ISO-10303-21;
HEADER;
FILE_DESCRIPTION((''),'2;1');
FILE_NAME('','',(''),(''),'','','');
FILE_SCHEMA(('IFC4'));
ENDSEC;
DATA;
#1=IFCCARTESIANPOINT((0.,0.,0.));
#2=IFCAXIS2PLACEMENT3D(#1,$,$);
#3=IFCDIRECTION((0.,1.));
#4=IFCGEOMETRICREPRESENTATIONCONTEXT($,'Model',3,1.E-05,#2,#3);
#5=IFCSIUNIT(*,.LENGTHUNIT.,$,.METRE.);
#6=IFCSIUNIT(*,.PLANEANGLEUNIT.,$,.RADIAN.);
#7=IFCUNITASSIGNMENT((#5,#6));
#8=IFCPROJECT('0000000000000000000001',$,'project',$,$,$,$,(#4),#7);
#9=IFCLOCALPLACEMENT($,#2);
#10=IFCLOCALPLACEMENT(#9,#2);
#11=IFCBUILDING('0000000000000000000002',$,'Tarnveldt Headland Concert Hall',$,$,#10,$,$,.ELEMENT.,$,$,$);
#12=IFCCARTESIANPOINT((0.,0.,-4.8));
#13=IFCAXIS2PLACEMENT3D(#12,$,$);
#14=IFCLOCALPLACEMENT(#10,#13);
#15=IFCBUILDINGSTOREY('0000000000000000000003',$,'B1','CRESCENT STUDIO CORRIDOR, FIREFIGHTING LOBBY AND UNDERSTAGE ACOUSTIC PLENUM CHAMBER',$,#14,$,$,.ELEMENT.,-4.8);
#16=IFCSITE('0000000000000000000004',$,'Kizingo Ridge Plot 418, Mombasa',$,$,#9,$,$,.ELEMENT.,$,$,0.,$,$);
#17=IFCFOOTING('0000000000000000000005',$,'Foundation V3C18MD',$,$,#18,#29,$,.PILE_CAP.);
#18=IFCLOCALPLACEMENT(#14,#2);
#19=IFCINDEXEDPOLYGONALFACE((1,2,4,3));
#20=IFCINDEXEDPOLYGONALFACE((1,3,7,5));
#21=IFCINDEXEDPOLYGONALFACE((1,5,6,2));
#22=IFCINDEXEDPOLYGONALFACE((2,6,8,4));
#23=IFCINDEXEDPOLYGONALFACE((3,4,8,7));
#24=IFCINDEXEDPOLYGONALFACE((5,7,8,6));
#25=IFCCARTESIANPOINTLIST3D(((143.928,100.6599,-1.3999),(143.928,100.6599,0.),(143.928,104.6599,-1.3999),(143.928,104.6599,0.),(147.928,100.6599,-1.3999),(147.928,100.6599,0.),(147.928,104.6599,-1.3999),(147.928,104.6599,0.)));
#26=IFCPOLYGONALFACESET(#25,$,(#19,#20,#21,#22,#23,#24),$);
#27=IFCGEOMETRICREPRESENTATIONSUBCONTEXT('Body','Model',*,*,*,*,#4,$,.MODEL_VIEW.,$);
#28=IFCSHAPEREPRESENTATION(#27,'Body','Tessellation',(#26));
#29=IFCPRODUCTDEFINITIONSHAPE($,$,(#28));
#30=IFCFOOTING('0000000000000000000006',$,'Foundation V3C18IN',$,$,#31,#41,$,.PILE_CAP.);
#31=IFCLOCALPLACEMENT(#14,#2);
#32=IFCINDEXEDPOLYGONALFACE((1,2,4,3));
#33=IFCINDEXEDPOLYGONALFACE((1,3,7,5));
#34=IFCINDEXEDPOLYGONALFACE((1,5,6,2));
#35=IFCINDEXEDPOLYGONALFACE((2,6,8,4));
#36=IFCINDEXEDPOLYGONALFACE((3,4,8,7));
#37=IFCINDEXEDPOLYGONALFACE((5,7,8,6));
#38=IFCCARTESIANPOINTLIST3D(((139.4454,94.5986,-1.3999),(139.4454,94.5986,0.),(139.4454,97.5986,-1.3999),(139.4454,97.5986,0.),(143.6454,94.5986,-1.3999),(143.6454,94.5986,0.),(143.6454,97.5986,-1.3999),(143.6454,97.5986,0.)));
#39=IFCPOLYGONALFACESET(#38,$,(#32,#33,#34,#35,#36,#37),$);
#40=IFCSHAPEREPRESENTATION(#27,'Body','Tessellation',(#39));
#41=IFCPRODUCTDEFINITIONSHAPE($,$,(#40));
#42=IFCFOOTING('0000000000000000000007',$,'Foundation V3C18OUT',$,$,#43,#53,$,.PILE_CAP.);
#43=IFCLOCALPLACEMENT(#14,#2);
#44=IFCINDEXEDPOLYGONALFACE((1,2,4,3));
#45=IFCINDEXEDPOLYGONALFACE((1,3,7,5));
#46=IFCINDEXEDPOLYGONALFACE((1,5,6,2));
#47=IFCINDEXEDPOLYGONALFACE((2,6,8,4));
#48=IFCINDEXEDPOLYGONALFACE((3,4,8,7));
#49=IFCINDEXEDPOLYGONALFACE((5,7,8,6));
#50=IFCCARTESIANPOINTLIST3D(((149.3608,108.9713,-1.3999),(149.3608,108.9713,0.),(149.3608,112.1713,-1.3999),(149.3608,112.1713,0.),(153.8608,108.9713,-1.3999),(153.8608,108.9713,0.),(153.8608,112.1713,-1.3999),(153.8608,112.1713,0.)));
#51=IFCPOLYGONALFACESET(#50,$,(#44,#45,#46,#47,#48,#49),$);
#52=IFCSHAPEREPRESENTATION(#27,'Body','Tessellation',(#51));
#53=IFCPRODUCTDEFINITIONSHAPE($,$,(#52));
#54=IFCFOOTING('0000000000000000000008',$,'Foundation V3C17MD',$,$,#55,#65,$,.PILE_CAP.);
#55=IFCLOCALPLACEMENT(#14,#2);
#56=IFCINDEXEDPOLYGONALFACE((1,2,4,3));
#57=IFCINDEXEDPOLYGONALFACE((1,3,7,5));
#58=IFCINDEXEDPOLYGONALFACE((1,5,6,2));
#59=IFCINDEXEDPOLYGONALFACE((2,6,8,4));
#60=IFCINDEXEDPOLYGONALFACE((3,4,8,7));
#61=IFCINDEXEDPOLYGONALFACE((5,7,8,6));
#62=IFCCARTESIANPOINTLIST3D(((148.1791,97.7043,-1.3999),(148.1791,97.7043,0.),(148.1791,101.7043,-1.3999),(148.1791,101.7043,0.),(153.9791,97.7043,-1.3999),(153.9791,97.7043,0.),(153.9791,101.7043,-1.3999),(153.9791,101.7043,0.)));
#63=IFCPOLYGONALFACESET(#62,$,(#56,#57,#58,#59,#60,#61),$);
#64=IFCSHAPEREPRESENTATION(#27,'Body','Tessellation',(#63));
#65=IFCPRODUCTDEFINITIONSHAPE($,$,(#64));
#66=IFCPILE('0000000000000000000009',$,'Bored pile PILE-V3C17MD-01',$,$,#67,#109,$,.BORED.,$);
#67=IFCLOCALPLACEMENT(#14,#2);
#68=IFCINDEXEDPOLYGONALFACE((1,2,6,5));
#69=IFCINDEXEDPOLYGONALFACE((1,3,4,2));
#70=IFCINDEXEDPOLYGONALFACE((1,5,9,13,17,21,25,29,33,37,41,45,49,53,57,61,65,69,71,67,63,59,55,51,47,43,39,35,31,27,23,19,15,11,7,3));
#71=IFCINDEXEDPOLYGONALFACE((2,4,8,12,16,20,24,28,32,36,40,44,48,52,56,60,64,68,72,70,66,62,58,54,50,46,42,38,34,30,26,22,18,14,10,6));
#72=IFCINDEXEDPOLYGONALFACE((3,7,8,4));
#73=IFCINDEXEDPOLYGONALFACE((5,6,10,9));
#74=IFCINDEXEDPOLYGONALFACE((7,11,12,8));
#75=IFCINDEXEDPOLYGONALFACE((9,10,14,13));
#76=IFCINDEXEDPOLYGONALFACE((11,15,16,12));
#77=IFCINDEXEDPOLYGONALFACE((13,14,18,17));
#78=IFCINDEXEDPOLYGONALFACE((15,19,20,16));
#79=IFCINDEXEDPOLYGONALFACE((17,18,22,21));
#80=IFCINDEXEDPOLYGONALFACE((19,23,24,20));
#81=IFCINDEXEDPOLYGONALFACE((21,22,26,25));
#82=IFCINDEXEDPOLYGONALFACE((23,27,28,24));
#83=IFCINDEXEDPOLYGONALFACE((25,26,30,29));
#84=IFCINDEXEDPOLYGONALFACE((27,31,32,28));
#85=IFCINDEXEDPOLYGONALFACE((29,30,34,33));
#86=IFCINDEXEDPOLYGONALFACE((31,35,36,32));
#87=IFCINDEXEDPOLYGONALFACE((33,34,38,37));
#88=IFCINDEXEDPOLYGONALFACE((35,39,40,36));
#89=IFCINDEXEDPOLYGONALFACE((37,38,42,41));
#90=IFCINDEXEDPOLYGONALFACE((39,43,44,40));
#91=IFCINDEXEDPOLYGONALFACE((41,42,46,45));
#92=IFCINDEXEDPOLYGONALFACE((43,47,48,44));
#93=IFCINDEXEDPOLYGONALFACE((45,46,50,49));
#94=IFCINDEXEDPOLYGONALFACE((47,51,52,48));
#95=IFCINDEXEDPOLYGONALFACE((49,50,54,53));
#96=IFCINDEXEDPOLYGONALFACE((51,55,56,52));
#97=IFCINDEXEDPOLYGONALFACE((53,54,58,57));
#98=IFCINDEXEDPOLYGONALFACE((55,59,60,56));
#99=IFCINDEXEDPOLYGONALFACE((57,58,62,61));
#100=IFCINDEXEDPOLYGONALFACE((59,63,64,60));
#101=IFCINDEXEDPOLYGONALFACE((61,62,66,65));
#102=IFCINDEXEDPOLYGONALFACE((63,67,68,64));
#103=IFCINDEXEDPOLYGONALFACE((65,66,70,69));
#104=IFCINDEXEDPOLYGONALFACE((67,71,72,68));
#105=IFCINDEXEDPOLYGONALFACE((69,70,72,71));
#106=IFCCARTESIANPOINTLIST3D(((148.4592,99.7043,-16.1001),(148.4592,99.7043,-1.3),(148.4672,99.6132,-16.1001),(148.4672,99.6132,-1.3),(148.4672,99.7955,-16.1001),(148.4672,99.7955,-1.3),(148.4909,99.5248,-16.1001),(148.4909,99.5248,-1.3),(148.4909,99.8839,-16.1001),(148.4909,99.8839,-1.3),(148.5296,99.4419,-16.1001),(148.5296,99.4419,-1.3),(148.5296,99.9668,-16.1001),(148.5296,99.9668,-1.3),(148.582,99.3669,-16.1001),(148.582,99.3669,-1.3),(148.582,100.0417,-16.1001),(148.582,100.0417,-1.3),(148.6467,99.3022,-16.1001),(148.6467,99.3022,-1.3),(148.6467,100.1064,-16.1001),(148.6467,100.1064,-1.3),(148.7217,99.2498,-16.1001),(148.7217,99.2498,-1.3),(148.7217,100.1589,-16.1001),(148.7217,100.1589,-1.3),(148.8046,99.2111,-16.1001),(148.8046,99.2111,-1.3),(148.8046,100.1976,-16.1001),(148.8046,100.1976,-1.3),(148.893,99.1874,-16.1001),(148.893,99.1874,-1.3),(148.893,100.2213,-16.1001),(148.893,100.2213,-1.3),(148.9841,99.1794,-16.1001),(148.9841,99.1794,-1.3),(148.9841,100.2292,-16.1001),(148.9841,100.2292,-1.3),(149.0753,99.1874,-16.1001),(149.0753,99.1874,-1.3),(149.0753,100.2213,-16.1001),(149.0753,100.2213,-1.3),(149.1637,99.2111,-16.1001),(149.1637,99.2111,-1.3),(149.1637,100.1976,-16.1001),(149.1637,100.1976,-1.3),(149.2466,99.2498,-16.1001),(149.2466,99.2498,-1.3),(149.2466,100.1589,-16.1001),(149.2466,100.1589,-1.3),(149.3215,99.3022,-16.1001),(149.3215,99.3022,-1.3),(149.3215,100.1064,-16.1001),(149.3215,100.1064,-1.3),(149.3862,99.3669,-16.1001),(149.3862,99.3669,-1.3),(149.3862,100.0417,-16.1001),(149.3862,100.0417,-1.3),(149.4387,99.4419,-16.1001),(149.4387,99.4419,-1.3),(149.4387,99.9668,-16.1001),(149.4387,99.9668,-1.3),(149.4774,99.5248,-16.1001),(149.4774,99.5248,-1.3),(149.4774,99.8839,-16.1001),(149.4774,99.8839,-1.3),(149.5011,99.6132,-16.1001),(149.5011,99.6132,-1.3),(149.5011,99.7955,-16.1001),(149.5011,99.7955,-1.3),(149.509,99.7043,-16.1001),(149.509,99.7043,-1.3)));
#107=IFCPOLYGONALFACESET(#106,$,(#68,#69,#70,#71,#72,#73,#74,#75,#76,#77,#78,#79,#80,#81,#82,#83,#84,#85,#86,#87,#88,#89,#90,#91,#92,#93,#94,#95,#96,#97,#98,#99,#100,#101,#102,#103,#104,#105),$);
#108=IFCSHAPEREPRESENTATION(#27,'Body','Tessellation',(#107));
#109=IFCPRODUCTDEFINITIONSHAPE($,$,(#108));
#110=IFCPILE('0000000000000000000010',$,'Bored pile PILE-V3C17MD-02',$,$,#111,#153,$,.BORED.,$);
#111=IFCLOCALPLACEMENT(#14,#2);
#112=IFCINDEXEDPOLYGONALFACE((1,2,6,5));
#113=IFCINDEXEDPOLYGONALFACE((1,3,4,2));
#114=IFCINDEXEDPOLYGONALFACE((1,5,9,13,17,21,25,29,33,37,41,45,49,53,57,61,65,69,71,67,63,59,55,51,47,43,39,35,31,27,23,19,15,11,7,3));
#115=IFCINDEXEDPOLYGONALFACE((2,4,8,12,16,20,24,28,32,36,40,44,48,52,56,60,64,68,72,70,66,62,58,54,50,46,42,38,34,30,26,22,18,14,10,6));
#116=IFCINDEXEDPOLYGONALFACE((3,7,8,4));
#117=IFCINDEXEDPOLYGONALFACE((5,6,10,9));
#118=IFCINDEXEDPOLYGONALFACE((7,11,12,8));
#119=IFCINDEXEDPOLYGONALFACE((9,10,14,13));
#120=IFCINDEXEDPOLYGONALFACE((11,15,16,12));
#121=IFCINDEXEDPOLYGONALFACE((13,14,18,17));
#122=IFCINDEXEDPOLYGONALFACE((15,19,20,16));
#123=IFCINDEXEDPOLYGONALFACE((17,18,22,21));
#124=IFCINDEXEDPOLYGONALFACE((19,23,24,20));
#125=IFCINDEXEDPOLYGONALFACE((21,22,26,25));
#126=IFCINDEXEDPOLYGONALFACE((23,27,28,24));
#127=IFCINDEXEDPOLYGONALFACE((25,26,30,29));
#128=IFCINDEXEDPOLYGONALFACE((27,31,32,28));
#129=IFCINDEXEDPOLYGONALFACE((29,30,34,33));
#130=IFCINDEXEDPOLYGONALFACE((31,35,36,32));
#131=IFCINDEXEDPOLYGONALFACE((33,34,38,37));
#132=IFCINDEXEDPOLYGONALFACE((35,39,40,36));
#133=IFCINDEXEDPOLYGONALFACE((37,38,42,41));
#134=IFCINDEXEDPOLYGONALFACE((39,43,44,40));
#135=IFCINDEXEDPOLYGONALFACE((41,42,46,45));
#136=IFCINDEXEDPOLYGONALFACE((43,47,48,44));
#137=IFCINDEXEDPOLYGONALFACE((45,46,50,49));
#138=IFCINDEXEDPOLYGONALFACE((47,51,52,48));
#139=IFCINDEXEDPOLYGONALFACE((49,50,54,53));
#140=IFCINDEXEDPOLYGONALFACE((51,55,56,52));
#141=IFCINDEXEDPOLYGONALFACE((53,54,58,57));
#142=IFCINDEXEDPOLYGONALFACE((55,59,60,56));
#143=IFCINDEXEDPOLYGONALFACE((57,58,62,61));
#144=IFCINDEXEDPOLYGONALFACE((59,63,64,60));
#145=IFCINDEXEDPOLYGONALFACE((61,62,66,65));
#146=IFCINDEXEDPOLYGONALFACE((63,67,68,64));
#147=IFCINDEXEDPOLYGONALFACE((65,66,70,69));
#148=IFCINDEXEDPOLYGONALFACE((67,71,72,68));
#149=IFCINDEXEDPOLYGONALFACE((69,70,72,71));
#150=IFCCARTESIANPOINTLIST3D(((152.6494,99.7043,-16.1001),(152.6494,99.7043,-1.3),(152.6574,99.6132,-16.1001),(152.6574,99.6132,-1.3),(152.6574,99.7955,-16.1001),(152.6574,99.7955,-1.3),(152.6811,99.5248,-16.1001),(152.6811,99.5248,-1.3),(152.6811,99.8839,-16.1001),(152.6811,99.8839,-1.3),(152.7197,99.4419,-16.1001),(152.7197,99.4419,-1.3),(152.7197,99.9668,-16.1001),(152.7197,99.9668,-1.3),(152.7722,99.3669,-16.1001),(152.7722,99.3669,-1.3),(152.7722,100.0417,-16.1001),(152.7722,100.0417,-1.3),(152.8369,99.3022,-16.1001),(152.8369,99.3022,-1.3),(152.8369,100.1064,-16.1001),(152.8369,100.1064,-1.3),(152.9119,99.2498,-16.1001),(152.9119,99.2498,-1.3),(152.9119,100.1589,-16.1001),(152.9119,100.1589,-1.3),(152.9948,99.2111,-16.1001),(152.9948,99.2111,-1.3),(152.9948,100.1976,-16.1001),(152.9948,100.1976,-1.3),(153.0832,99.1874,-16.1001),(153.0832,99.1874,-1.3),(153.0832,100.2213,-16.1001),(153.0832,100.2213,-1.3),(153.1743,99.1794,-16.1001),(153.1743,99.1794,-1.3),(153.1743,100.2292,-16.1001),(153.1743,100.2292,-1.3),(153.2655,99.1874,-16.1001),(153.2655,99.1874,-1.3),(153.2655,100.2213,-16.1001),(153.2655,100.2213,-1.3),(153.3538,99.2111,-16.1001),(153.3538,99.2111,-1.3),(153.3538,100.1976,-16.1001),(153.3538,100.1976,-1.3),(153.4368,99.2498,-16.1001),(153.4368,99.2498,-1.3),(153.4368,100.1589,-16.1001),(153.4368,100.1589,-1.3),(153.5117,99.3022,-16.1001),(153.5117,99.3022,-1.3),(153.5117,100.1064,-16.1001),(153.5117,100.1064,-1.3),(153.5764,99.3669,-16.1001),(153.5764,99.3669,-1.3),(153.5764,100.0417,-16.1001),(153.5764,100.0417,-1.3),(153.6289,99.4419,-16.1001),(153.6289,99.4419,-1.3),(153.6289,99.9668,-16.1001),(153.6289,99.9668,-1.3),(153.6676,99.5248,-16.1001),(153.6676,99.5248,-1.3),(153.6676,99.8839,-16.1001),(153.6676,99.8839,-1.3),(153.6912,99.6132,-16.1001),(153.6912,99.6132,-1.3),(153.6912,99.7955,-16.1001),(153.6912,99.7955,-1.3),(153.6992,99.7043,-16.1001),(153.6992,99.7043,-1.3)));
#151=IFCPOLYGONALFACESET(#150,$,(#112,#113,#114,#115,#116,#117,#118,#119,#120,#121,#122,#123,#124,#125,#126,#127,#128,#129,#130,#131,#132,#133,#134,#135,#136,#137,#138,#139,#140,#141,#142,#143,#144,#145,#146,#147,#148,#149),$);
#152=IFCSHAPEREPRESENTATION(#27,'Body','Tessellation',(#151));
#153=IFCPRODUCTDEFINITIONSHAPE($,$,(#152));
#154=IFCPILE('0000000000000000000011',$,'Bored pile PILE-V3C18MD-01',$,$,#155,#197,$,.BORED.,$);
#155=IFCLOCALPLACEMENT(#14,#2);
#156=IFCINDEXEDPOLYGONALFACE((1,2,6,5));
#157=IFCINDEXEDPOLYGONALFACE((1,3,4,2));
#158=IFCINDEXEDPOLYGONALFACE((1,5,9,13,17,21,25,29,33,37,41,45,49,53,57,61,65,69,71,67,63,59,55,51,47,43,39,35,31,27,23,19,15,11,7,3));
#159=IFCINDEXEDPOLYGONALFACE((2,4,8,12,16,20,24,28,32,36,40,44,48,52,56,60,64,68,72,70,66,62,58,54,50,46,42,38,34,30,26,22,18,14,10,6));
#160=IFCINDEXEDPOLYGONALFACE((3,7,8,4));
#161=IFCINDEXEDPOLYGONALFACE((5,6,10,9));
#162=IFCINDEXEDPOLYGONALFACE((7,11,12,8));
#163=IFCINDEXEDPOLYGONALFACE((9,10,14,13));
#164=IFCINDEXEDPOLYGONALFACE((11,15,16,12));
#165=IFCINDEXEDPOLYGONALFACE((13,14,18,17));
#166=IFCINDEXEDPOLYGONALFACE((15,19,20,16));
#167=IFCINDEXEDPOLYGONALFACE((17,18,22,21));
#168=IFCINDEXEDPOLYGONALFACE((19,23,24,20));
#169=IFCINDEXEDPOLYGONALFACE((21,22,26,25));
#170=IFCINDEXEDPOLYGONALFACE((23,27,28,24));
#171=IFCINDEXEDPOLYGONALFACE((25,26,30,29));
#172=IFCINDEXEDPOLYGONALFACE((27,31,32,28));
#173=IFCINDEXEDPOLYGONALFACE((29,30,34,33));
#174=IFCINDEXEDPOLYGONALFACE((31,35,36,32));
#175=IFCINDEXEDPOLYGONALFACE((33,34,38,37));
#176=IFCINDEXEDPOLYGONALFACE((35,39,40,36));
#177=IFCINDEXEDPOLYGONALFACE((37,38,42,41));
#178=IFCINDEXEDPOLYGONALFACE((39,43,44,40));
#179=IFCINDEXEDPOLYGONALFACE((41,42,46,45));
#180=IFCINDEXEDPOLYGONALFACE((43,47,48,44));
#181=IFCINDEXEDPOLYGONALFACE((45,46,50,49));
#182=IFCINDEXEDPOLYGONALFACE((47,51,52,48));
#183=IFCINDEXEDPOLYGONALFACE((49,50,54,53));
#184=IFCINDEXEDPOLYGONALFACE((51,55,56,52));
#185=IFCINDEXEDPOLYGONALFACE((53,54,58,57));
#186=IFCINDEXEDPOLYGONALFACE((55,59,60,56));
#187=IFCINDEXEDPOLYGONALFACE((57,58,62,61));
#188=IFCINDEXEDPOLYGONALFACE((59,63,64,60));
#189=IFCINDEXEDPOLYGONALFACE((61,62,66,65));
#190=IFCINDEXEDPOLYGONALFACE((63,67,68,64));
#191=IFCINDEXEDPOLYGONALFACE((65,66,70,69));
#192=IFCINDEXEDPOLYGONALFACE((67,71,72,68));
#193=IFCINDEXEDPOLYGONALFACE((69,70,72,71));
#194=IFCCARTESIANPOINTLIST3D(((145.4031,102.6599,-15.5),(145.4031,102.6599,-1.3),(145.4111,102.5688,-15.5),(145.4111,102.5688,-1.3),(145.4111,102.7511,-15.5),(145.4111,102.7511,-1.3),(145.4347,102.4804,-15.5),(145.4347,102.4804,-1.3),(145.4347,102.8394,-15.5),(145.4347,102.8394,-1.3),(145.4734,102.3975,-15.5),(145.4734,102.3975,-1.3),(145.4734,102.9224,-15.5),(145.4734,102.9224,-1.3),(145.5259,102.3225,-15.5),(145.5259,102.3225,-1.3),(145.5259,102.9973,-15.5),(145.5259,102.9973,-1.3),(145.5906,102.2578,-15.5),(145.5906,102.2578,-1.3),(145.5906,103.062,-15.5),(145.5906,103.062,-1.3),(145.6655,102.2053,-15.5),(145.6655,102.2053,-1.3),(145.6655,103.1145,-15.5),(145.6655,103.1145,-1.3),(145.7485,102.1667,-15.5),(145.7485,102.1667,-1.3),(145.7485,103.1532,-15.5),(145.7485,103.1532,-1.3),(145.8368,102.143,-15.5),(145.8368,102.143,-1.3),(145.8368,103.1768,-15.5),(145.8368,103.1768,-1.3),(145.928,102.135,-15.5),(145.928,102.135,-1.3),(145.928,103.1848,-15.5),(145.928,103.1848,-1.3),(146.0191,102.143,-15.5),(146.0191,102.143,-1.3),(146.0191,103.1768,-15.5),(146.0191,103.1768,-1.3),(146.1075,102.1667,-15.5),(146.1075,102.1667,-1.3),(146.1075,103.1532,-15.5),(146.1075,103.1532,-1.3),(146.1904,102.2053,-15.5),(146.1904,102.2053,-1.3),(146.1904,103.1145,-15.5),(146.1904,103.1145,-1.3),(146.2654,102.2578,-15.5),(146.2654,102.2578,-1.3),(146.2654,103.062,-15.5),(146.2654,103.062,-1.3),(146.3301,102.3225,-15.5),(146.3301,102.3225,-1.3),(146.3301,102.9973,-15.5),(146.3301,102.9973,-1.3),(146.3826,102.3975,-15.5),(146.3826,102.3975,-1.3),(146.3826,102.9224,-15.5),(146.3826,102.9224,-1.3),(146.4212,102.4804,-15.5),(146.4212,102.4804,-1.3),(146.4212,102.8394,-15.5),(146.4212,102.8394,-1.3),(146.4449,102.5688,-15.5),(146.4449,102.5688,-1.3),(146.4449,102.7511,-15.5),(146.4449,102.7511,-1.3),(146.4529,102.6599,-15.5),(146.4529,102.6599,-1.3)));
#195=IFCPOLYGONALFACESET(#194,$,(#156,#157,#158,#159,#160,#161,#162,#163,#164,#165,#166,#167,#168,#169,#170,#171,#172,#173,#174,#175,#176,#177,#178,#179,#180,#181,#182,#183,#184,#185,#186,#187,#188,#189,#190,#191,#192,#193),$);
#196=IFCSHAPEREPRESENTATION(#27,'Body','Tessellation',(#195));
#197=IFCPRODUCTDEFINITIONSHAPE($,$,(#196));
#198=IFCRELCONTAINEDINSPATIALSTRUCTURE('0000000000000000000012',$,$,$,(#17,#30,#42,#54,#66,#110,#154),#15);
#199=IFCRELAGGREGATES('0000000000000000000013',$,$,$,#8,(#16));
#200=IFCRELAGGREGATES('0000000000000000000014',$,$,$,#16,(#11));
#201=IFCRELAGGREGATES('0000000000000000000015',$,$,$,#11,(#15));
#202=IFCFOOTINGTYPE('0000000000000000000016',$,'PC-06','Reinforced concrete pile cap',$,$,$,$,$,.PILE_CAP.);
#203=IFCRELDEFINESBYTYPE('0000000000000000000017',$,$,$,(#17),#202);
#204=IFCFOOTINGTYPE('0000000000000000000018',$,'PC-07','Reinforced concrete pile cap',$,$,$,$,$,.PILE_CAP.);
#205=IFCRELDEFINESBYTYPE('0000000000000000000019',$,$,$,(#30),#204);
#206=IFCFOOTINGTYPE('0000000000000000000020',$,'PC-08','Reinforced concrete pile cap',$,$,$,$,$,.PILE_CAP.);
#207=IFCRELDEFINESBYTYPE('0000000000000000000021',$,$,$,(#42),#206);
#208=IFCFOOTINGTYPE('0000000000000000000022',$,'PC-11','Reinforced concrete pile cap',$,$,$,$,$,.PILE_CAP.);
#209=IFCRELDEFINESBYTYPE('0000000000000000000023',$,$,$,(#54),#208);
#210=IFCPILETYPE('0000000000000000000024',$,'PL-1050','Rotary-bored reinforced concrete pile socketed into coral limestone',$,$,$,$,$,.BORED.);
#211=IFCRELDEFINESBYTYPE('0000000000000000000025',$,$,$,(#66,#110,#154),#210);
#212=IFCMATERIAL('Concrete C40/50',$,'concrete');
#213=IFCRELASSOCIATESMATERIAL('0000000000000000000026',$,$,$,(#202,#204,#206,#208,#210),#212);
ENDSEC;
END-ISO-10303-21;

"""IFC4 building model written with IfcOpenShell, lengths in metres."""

from ifc_helpers import new_model, si_unit, direction, frame, origin, origin_2d, place, context, subcontext, project, spatial, rectangle, circle, extrude, material, material_profile, profile_set, type_object, element, save


model = new_model("IFC4")

# Units and contexts
model_context = context("Model", 3, precision=1e-05, world=origin(), true_north=direction((0.0, 1.0)))
body_context = subcontext(model_context, "Body", "Model", "MODEL_VIEW")
ifc_project = project(units=[si_unit("LENGTHUNIT", "METRE"), si_unit("PLANEANGLEUNIT", "RADIAN")], contexts=[model_context])

# Site, building, storey
site_placement = place(None, origin())
site = spatial("IfcSite", under=ifc_project, at=site_placement, Name="Kizingo Ridge Plot 418, Mombasa", CompositionType="ELEMENT", RefElevation=0.0)
building_placement = place(site_placement, origin())
building = spatial("IfcBuilding", under=site, at=building_placement, Name="Tarnveldt Headland Concert Hall", CompositionType="ELEMENT")
storey_placement = place(building_placement, frame((0.0, 0.0, -4.8)))
storey = spatial("IfcBuildingStorey", under=building, at=storey_placement, Name="B1", Description="CRESCENT STUDIO CORRIDOR, FIREFIGHTING LOBBY AND UNDERSTAGE ACOUSTIC PLENUM CHAMBER", CompositionType="ELEMENT", Elevation=-4.8)

# Footings
ifc_material_1 = material(Name="Concrete C40/50", Category="concrete")
footing_type_1 = type_object("IfcFootingType", Name="PC-06", Description="Reinforced concrete pile cap", PredefinedType="PILE_CAP", material=ifc_material_1)
footing_1_placement = place(storey_placement, frame((145.928, 102.6599, -1.3999), z_axis=(0.0, 0.0, 1.0), x_axis=(1.0, 0.0, 0.0)))
element("IfcFooting", 1, at=footing_1_placement, inside=storey, type_object=footing_type_1, Name="Foundation V3C18MD", PredefinedType="PILE_CAP", context=body_context, shape_type="SweptSolid", body=[
    extrude(rectangle(XDim=4.0, YDim=4.0, at=origin_2d()), origin(), (0.0, 0.0, 1.0), 1.3999),
])
footing_type_2 = type_object("IfcFootingType", Name="PC-07", Description="Reinforced concrete pile cap", PredefinedType="PILE_CAP", material=ifc_material_1)
footing_2_placement = place(storey_placement, frame((141.5454, 96.0986, -1.3999), z_axis=(0.0, 0.0, 1.0), x_axis=(1.0, 0.0, 0.0)))
element("IfcFooting", 2, at=footing_2_placement, inside=storey, type_object=footing_type_2, Name="Foundation V3C18IN", PredefinedType="PILE_CAP", context=body_context, shape_type="SweptSolid", body=[
    extrude(rectangle(XDim=4.2, YDim=3.0, at=origin_2d()), origin(), (0.0, 0.0, 1.0), 1.3999),
])
footing_type_3 = type_object("IfcFootingType", Name="PC-08", Description="Reinforced concrete pile cap", PredefinedType="PILE_CAP", material=ifc_material_1)
footing_3_placement = place(storey_placement, frame((151.6108, 110.5713, -1.3999), z_axis=(0.0, 0.0, 1.0), x_axis=(1.0, 0.0, 0.0)))
element("IfcFooting", 3, at=footing_3_placement, inside=storey, type_object=footing_type_3, Name="Foundation V3C18OUT", PredefinedType="PILE_CAP", context=body_context, shape_type="SweptSolid", body=[
    extrude(rectangle(XDim=4.5, YDim=3.2, at=origin_2d()), origin(), (0.0, 0.0, 1.0), 1.3999),
])
footing_type_4 = type_object("IfcFootingType", Name="PC-11", Description="Reinforced concrete pile cap", PredefinedType="PILE_CAP", material=ifc_material_1)
footing_4_placement = place(storey_placement, frame((151.0791, 99.7043, -1.3999), z_axis=(0.0, 0.0, 1.0), x_axis=(1.0, 0.0, 0.0)))
element("IfcFooting", 4, at=footing_4_placement, inside=storey, type_object=footing_type_4, Name="Foundation V3C17MD", PredefinedType="PILE_CAP", context=body_context, shape_type="SweptSolid", body=[
    extrude(rectangle(XDim=5.8, YDim=4.0, at=origin_2d()), origin(), (0.0, 0.0, 1.0), 1.3999),
])

# Piles
ifc_material_profile_1 = material_profile(ifc_material_1, circle(Radius=0.5249, at=origin_2d()), Name="BORED PILE D1050", Category="concrete")
ifc_profile_set_1 = profile_set([ifc_material_profile_1], Name="Concrete C40/50")
pile_type_1 = type_object("IfcPileType", Name="PL-1050", Description="Rotary-bored reinforced concrete pile socketed into coral limestone", PredefinedType="BORED", material=ifc_profile_set_1)
for number, where, z_axis, x_axis, name in (
    (5, (148.9841, 99.7043, -1.3), (0.0, 0.0, -1.0), (1.0, 0.0, 0.0), "Bored pile PILE-V3C17MD-01"),
    (6, (153.1743, 99.7043, -1.3), (0.0, 0.0, -1.0), (1.0, 0.0, 0.0), "Bored pile PILE-V3C17MD-02"),
):
    element("IfcPile", number, at=place(storey_placement, frame(where, z_axis=z_axis, x_axis=x_axis)), inside=storey, type_object=pile_type_1, Name=name, PredefinedType="BORED", context=body_context, shape_type="SweptSolid", body=[
        extrude(circle(Radius=0.5249, at=origin_2d()), origin(), (0.0, 0.0, 1.0), 14.8),
    ])
pile_1_placement = place(storey_placement, frame((145.928, 102.6599, -1.3), z_axis=(0.0, 0.0, -1.0), x_axis=(1.0, 0.0, 0.0)))
element("IfcPile", 7, at=pile_1_placement, inside=storey, type_object=pile_type_1, Name="Bored pile PILE-V3C18MD-01", PredefinedType="BORED", context=body_context, shape_type="SweptSolid", body=[
    extrude(circle(Radius=0.5249, at=origin_2d()), origin(), (0.0, 0.0, 1.0), 14.2),
])

save(model, "model.ifc")
